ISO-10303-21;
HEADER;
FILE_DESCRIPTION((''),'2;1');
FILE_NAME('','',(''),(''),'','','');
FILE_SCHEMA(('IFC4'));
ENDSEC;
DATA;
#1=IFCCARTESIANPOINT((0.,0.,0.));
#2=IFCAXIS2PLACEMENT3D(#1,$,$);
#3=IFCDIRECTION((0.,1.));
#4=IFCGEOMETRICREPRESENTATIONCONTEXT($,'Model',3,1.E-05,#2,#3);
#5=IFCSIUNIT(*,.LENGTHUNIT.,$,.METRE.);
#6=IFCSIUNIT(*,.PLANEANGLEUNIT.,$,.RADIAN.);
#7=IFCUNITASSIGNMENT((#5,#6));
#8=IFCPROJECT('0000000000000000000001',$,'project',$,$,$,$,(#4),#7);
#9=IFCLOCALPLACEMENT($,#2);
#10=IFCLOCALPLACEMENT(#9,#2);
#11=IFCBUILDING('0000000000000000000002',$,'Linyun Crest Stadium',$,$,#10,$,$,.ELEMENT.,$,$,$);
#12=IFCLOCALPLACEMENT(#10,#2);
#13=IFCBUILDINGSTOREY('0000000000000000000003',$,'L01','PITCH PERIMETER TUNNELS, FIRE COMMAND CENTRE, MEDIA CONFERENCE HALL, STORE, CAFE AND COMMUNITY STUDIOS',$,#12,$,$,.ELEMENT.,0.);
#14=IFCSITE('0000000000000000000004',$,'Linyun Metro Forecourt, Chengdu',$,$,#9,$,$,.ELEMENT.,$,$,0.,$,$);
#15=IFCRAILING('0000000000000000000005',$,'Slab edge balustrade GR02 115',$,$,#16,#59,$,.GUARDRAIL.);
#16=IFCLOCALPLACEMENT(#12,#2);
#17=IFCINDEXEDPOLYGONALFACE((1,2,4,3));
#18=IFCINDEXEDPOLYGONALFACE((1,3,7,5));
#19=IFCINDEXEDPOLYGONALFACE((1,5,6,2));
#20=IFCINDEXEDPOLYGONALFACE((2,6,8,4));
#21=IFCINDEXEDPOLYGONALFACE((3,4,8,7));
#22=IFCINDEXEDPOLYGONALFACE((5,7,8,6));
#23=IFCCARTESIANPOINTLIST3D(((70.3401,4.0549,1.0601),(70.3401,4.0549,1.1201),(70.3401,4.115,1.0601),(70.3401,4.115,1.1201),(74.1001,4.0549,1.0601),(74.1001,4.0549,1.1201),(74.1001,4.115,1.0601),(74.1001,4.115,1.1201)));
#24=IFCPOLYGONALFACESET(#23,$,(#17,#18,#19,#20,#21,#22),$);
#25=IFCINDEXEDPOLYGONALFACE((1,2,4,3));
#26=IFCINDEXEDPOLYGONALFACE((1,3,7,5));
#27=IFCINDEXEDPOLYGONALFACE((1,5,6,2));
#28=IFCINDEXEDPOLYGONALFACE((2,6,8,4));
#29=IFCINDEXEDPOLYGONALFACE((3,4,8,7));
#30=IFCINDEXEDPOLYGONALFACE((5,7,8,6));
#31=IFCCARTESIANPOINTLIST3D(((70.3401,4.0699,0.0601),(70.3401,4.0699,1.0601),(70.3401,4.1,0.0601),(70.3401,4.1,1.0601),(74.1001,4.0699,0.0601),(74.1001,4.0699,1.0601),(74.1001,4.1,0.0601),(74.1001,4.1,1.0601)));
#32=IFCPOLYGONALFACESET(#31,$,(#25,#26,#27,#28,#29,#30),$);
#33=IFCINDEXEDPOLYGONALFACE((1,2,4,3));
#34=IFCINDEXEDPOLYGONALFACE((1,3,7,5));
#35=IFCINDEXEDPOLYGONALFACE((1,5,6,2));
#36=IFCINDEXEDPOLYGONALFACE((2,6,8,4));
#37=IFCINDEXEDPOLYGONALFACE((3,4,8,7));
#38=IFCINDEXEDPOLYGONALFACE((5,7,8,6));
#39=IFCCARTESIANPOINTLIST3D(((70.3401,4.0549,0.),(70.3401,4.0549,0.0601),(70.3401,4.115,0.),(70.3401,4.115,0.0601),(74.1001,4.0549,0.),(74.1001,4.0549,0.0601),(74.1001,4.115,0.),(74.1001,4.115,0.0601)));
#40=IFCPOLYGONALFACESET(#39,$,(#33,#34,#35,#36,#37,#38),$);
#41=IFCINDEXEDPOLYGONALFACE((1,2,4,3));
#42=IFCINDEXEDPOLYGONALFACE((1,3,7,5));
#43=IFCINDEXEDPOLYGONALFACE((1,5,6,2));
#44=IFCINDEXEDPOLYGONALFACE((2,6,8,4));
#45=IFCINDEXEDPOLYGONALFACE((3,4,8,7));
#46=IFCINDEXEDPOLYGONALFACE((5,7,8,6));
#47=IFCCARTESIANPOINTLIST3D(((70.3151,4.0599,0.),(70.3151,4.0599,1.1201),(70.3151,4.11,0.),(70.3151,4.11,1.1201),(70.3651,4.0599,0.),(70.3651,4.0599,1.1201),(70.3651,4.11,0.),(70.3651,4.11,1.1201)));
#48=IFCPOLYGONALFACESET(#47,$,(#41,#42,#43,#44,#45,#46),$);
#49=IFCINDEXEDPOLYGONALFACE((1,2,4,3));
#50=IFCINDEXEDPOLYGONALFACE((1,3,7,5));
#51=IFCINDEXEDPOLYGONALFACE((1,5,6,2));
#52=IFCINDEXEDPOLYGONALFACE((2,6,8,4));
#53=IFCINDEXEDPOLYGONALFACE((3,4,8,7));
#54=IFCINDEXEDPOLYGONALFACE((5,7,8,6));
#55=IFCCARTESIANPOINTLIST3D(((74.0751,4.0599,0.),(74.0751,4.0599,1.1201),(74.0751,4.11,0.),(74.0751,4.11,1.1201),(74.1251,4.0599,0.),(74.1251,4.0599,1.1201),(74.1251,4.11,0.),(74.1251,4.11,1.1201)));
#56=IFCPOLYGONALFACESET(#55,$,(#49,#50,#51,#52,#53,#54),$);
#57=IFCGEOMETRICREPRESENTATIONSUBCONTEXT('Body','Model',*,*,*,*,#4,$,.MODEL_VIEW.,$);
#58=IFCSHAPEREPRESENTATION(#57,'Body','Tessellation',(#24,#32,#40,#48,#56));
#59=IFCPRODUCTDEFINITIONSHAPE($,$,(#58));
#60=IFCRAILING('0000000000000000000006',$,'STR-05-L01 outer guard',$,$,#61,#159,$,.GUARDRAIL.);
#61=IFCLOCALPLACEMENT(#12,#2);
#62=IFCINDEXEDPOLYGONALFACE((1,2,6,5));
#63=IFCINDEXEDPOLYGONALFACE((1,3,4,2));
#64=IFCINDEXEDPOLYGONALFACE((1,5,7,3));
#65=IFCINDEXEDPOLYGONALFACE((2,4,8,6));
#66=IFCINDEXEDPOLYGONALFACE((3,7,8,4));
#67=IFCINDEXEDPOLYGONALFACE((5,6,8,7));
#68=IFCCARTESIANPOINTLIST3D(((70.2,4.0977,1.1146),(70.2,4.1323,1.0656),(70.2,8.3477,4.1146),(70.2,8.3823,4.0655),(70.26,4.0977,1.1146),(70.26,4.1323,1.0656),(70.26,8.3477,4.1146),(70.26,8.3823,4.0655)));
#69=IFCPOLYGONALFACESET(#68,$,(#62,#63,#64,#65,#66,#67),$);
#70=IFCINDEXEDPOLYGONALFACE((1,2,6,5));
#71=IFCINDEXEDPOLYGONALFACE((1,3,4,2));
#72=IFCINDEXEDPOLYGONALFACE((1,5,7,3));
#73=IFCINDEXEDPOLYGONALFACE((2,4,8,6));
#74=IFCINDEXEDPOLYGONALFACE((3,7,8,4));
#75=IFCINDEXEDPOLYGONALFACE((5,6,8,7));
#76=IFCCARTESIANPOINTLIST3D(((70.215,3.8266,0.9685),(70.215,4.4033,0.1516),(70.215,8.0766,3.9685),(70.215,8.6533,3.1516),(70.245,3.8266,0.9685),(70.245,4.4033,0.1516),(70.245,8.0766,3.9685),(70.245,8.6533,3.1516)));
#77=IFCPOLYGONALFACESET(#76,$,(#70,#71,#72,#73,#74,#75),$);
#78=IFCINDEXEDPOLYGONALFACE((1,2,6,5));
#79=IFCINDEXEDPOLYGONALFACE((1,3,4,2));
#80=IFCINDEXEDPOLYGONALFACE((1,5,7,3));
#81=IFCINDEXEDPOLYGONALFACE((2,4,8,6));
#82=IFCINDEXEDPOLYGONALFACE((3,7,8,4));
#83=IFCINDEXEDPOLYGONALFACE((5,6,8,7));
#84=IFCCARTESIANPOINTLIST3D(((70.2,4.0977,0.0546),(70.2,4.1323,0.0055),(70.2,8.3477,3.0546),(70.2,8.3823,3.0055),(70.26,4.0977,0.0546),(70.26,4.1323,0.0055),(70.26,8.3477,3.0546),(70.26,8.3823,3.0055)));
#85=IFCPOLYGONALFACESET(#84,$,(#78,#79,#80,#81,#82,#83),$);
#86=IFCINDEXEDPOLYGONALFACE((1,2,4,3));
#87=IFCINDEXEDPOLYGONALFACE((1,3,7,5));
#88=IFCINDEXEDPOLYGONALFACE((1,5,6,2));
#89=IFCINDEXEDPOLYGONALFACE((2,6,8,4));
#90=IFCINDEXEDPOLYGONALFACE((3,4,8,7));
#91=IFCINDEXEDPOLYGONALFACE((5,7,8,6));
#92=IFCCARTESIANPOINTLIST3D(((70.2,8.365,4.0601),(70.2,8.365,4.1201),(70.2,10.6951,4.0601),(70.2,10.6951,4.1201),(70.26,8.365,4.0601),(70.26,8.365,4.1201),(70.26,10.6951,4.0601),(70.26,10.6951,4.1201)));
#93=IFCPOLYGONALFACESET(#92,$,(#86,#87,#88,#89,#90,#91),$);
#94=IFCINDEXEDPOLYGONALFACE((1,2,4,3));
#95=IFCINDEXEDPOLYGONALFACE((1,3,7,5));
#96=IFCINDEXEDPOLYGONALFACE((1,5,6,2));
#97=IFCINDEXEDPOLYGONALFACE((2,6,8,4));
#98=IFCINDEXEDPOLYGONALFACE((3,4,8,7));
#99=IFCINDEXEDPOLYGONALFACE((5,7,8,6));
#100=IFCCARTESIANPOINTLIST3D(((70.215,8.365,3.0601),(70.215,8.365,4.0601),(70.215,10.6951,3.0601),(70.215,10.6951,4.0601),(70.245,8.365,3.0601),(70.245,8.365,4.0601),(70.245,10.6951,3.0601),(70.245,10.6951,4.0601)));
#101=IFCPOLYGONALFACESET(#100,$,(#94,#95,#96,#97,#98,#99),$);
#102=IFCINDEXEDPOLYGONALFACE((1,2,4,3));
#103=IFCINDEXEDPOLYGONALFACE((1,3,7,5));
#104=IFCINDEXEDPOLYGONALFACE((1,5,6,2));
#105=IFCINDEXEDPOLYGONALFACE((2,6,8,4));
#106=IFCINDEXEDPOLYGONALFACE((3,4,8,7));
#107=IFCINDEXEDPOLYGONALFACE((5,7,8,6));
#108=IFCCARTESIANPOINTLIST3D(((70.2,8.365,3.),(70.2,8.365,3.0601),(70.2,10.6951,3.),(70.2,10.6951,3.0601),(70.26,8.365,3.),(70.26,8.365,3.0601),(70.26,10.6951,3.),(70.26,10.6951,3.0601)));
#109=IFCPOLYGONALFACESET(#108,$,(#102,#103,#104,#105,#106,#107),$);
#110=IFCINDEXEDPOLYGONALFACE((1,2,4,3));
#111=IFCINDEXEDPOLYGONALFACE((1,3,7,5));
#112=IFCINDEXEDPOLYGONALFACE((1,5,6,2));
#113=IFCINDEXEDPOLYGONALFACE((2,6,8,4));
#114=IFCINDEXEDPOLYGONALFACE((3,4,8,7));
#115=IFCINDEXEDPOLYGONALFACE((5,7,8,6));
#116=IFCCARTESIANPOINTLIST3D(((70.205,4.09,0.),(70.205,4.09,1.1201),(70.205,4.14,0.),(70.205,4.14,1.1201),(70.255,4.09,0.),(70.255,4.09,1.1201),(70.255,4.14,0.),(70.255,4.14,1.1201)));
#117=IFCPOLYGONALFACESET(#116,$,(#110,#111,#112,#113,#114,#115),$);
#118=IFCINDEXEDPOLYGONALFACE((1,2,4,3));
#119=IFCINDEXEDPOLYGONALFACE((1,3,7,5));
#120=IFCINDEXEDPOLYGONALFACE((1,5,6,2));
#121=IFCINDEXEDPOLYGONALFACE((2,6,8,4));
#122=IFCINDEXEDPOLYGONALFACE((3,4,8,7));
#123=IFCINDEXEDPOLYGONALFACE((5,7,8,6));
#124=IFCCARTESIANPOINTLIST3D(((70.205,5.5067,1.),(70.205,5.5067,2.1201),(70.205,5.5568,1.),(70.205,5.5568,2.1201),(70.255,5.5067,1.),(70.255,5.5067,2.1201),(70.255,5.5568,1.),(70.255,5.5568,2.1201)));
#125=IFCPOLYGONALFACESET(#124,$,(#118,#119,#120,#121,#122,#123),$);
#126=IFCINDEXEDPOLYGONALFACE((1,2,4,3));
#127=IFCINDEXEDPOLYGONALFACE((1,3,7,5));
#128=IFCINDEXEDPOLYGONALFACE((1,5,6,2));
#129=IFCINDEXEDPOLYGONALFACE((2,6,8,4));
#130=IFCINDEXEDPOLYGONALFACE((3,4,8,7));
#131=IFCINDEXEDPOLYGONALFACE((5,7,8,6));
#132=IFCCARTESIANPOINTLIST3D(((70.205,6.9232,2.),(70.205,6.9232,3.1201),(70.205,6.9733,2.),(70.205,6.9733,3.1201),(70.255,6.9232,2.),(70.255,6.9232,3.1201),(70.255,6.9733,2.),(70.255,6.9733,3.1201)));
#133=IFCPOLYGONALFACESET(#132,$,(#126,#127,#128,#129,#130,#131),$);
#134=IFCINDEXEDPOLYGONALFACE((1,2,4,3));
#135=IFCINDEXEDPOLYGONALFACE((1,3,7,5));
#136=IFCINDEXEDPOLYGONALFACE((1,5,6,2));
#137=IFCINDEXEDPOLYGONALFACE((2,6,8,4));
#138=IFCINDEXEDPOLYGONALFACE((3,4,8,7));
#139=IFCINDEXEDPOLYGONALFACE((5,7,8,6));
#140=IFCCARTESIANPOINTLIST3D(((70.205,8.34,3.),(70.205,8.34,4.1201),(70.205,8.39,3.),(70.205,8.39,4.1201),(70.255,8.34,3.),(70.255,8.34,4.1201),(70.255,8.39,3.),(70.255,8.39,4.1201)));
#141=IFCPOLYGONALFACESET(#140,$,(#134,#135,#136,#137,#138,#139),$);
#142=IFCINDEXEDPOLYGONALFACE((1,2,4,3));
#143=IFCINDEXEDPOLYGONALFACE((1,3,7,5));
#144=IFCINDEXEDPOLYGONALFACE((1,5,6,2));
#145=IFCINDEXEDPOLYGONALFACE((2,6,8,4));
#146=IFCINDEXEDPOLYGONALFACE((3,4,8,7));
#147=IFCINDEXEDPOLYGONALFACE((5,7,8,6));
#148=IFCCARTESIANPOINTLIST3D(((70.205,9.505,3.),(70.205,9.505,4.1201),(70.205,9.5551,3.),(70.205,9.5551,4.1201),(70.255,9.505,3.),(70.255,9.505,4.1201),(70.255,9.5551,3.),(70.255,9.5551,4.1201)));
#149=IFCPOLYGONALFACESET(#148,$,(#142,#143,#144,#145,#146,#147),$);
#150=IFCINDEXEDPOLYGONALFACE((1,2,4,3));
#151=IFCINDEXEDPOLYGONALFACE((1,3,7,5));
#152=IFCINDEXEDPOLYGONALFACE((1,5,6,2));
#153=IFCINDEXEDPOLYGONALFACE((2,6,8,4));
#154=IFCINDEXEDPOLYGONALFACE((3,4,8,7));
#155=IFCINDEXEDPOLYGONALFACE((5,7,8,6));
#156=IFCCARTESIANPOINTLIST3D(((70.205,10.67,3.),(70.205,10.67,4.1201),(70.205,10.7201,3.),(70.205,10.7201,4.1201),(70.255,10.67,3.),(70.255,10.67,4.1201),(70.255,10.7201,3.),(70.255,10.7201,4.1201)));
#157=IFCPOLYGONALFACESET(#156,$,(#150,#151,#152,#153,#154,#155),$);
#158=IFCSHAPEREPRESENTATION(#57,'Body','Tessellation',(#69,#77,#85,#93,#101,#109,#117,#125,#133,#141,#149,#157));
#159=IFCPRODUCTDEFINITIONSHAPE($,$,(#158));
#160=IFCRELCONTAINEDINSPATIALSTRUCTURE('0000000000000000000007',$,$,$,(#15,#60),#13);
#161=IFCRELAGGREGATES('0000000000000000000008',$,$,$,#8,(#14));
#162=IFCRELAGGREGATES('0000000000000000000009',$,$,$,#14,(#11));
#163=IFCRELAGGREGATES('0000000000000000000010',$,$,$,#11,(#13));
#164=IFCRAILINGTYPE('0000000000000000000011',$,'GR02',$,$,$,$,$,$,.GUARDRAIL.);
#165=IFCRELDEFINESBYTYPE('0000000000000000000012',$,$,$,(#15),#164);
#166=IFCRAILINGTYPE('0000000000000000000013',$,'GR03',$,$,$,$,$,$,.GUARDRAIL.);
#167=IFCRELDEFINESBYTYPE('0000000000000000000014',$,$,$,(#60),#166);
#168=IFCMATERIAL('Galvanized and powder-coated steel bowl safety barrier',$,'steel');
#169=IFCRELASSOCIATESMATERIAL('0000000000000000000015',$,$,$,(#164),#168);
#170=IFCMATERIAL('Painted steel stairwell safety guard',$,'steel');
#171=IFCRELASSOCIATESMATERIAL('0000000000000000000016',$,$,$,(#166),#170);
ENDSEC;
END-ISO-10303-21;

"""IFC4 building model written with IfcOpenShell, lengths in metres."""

from ifc_helpers import new_model, si_unit, direction, frame, origin, origin_2d, place, context, subcontext, project, spatial, rectangle, extrude, material, type_object, element, save


model = new_model("IFC4")

# Units and contexts
model_context = context("Model", 3, precision=1e-05, world=origin(), true_north=direction((0.0, 1.0)))
body_context = subcontext(model_context, "Body", "Model", "MODEL_VIEW")
ifc_project = project(units=[si_unit("LENGTHUNIT", "METRE"), si_unit("PLANEANGLEUNIT", "RADIAN")], contexts=[model_context])

# Site, building, storey
site_placement = place(None, origin())
site = spatial("IfcSite", under=ifc_project, at=site_placement, Name="Linyun Metro Forecourt, Chengdu", CompositionType="ELEMENT", RefElevation=0.0)
building_placement = place(site_placement, origin())
building = spatial("IfcBuilding", under=site, at=building_placement, Name="Linyun Crest Stadium", CompositionType="ELEMENT")
storey_placement = place(building_placement, origin())
storey = spatial("IfcBuildingStorey", under=building, at=storey_placement, Name="L01", Description="PITCH PERIMETER TUNNELS, FIRE COMMAND CENTRE, MEDIA CONFERENCE HALL, STORE, CAFE AND COMMUNITY STUDIOS", CompositionType="ELEMENT", Elevation=0.0)

# Railings
ifc_material_1 = material(Name="Galvanized and powder-coated steel bowl safety barrier", Category="steel")
railing_type_1 = type_object("IfcRailingType", Name="GR02", PredefinedType="GUARDRAIL", material=ifc_material_1)
railing_1_placement = place(storey_placement, frame((70.3401, 4.085, 0.0)))
element("IfcRailing", 1, at=railing_1_placement, inside=storey, type_object=railing_type_1, Name="Slab edge balustrade GR02 115", PredefinedType="GUARDRAIL", context=body_context, shape_type="SweptSolid", body=[
    extrude(rectangle(XDim=0.0601, YDim=0.0601, at=origin_2d()), frame((0.0, 0.0, 1.0901), z_axis=(1.0, 0.0, 0.0), x_axis=(0.0, 1.0, 0.0)), (0.0, 0.0, 1.0), 3.76),
    extrude(rectangle(XDim=0.03, YDim=1.0, at=origin_2d()), frame((0.0, 0.0, 0.5601), z_axis=(1.0, 0.0, 0.0), x_axis=(0.0, 1.0, 0.0)), (0.0, 0.0, 1.0), 3.76),
    extrude(rectangle(XDim=0.0601, YDim=0.0601, at=origin_2d()), frame((0.0, 0.0, 0.03), z_axis=(1.0, 0.0, 0.0), x_axis=(0.0, 1.0, 0.0)), (0.0, 0.0, 1.0), 3.76),
    extrude(rectangle(XDim=0.05, YDim=0.05, at=origin_2d()), origin(), (0.0, 0.0, 1.0), 1.1201),
    extrude(rectangle(XDim=0.05, YDim=0.05, at=origin_2d()), frame((3.76, 0.0, 0.0)), (0.0, 0.0, 1.0), 1.1201),
])
ifc_material_2 = material(Name="Painted steel stairwell safety guard", Category="steel")
railing_type_2 = type_object("IfcRailingType", Name="GR03", PredefinedType="GUARDRAIL", material=ifc_material_2)
railing_2_placement = place(storey_placement, frame((70.23, 4.115, 0.0)))
element("IfcRailing", 2, at=railing_2_placement, inside=storey, type_object=railing_type_2, Name="STR-05-L01 outer guard", PredefinedType="GUARDRAIL", context=body_context, shape_type="SweptSolid", body=[
    extrude(rectangle(XDim=0.0601, YDim=0.0601, at=origin_2d()), frame((0.0, 0.0, 1.0901), z_axis=(0.0, 0.816968, 0.576683), x_axis=(-1.0, 0.0, 0.0)), (0.0, 0.0, 1.0), 5.2021),
    extrude(rectangle(XDim=0.03, YDim=1.0, at=origin_2d()), frame((0.0, 0.0, 0.5601), z_axis=(0.0, 0.816968, 0.576683), x_axis=(-1.0, 0.0, 0.0)), (0.0, 0.0, 1.0), 5.2021),
    extrude(rectangle(XDim=0.0601, YDim=0.0601, at=origin_2d()), frame((0.0, 0.0, 0.03), z_axis=(0.0, 0.816968, 0.576683), x_axis=(-1.0, 0.0, 0.0)), (0.0, 0.0, 1.0), 5.2021),
    extrude(rectangle(XDim=0.0601, YDim=0.0601, at=origin_2d()), frame((0.0, 4.25, 4.0901), z_axis=(0.0, 1.0, 0.0), x_axis=(-1.0, 0.0, 0.0)), (0.0, 0.0, 1.0), 2.3301),
    extrude(rectangle(XDim=0.03, YDim=1.0, at=origin_2d()), frame((0.0, 4.25, 3.5601), z_axis=(0.0, 1.0, 0.0), x_axis=(-1.0, 0.0, 0.0)), (0.0, 0.0, 1.0), 2.3301),
    extrude(rectangle(XDim=0.0601, YDim=0.0601, at=origin_2d()), frame((0.0, 4.25, 3.03), z_axis=(0.0, 1.0, 0.0), x_axis=(-1.0, 0.0, 0.0)), (0.0, 0.0, 1.0), 2.3301),
    extrude(rectangle(XDim=0.05, YDim=0.05, at=origin_2d()), origin(), (0.0, 0.0, 1.0), 1.1201),
    extrude(rectangle(XDim=0.05, YDim=0.05, at=origin_2d()), frame((0.0, 1.4167, 1.0)), (0.0, 0.0, 1.0), 1.1201),
    extrude(rectangle(XDim=0.05, YDim=0.05, at=origin_2d()), frame((0.0, 2.8333, 2.0)), (0.0, 0.0, 1.0), 1.1201),
    extrude(rectangle(XDim=0.05, YDim=0.05, at=origin_2d()), frame((0.0, 4.25, 3.0)), (0.0, 0.0, 1.0), 1.1201),
    extrude(rectangle(XDim=0.05, YDim=0.05, at=origin_2d()), frame((0.0, 5.415, 3.0)), (0.0, 0.0, 1.0), 1.1201),
    extrude(rectangle(XDim=0.05, YDim=0.05, at=origin_2d()), frame((0.0, 6.5801, 3.0)), (0.0, 0.0, 1.0), 1.1201),
])

save(model, "model.ifc")
